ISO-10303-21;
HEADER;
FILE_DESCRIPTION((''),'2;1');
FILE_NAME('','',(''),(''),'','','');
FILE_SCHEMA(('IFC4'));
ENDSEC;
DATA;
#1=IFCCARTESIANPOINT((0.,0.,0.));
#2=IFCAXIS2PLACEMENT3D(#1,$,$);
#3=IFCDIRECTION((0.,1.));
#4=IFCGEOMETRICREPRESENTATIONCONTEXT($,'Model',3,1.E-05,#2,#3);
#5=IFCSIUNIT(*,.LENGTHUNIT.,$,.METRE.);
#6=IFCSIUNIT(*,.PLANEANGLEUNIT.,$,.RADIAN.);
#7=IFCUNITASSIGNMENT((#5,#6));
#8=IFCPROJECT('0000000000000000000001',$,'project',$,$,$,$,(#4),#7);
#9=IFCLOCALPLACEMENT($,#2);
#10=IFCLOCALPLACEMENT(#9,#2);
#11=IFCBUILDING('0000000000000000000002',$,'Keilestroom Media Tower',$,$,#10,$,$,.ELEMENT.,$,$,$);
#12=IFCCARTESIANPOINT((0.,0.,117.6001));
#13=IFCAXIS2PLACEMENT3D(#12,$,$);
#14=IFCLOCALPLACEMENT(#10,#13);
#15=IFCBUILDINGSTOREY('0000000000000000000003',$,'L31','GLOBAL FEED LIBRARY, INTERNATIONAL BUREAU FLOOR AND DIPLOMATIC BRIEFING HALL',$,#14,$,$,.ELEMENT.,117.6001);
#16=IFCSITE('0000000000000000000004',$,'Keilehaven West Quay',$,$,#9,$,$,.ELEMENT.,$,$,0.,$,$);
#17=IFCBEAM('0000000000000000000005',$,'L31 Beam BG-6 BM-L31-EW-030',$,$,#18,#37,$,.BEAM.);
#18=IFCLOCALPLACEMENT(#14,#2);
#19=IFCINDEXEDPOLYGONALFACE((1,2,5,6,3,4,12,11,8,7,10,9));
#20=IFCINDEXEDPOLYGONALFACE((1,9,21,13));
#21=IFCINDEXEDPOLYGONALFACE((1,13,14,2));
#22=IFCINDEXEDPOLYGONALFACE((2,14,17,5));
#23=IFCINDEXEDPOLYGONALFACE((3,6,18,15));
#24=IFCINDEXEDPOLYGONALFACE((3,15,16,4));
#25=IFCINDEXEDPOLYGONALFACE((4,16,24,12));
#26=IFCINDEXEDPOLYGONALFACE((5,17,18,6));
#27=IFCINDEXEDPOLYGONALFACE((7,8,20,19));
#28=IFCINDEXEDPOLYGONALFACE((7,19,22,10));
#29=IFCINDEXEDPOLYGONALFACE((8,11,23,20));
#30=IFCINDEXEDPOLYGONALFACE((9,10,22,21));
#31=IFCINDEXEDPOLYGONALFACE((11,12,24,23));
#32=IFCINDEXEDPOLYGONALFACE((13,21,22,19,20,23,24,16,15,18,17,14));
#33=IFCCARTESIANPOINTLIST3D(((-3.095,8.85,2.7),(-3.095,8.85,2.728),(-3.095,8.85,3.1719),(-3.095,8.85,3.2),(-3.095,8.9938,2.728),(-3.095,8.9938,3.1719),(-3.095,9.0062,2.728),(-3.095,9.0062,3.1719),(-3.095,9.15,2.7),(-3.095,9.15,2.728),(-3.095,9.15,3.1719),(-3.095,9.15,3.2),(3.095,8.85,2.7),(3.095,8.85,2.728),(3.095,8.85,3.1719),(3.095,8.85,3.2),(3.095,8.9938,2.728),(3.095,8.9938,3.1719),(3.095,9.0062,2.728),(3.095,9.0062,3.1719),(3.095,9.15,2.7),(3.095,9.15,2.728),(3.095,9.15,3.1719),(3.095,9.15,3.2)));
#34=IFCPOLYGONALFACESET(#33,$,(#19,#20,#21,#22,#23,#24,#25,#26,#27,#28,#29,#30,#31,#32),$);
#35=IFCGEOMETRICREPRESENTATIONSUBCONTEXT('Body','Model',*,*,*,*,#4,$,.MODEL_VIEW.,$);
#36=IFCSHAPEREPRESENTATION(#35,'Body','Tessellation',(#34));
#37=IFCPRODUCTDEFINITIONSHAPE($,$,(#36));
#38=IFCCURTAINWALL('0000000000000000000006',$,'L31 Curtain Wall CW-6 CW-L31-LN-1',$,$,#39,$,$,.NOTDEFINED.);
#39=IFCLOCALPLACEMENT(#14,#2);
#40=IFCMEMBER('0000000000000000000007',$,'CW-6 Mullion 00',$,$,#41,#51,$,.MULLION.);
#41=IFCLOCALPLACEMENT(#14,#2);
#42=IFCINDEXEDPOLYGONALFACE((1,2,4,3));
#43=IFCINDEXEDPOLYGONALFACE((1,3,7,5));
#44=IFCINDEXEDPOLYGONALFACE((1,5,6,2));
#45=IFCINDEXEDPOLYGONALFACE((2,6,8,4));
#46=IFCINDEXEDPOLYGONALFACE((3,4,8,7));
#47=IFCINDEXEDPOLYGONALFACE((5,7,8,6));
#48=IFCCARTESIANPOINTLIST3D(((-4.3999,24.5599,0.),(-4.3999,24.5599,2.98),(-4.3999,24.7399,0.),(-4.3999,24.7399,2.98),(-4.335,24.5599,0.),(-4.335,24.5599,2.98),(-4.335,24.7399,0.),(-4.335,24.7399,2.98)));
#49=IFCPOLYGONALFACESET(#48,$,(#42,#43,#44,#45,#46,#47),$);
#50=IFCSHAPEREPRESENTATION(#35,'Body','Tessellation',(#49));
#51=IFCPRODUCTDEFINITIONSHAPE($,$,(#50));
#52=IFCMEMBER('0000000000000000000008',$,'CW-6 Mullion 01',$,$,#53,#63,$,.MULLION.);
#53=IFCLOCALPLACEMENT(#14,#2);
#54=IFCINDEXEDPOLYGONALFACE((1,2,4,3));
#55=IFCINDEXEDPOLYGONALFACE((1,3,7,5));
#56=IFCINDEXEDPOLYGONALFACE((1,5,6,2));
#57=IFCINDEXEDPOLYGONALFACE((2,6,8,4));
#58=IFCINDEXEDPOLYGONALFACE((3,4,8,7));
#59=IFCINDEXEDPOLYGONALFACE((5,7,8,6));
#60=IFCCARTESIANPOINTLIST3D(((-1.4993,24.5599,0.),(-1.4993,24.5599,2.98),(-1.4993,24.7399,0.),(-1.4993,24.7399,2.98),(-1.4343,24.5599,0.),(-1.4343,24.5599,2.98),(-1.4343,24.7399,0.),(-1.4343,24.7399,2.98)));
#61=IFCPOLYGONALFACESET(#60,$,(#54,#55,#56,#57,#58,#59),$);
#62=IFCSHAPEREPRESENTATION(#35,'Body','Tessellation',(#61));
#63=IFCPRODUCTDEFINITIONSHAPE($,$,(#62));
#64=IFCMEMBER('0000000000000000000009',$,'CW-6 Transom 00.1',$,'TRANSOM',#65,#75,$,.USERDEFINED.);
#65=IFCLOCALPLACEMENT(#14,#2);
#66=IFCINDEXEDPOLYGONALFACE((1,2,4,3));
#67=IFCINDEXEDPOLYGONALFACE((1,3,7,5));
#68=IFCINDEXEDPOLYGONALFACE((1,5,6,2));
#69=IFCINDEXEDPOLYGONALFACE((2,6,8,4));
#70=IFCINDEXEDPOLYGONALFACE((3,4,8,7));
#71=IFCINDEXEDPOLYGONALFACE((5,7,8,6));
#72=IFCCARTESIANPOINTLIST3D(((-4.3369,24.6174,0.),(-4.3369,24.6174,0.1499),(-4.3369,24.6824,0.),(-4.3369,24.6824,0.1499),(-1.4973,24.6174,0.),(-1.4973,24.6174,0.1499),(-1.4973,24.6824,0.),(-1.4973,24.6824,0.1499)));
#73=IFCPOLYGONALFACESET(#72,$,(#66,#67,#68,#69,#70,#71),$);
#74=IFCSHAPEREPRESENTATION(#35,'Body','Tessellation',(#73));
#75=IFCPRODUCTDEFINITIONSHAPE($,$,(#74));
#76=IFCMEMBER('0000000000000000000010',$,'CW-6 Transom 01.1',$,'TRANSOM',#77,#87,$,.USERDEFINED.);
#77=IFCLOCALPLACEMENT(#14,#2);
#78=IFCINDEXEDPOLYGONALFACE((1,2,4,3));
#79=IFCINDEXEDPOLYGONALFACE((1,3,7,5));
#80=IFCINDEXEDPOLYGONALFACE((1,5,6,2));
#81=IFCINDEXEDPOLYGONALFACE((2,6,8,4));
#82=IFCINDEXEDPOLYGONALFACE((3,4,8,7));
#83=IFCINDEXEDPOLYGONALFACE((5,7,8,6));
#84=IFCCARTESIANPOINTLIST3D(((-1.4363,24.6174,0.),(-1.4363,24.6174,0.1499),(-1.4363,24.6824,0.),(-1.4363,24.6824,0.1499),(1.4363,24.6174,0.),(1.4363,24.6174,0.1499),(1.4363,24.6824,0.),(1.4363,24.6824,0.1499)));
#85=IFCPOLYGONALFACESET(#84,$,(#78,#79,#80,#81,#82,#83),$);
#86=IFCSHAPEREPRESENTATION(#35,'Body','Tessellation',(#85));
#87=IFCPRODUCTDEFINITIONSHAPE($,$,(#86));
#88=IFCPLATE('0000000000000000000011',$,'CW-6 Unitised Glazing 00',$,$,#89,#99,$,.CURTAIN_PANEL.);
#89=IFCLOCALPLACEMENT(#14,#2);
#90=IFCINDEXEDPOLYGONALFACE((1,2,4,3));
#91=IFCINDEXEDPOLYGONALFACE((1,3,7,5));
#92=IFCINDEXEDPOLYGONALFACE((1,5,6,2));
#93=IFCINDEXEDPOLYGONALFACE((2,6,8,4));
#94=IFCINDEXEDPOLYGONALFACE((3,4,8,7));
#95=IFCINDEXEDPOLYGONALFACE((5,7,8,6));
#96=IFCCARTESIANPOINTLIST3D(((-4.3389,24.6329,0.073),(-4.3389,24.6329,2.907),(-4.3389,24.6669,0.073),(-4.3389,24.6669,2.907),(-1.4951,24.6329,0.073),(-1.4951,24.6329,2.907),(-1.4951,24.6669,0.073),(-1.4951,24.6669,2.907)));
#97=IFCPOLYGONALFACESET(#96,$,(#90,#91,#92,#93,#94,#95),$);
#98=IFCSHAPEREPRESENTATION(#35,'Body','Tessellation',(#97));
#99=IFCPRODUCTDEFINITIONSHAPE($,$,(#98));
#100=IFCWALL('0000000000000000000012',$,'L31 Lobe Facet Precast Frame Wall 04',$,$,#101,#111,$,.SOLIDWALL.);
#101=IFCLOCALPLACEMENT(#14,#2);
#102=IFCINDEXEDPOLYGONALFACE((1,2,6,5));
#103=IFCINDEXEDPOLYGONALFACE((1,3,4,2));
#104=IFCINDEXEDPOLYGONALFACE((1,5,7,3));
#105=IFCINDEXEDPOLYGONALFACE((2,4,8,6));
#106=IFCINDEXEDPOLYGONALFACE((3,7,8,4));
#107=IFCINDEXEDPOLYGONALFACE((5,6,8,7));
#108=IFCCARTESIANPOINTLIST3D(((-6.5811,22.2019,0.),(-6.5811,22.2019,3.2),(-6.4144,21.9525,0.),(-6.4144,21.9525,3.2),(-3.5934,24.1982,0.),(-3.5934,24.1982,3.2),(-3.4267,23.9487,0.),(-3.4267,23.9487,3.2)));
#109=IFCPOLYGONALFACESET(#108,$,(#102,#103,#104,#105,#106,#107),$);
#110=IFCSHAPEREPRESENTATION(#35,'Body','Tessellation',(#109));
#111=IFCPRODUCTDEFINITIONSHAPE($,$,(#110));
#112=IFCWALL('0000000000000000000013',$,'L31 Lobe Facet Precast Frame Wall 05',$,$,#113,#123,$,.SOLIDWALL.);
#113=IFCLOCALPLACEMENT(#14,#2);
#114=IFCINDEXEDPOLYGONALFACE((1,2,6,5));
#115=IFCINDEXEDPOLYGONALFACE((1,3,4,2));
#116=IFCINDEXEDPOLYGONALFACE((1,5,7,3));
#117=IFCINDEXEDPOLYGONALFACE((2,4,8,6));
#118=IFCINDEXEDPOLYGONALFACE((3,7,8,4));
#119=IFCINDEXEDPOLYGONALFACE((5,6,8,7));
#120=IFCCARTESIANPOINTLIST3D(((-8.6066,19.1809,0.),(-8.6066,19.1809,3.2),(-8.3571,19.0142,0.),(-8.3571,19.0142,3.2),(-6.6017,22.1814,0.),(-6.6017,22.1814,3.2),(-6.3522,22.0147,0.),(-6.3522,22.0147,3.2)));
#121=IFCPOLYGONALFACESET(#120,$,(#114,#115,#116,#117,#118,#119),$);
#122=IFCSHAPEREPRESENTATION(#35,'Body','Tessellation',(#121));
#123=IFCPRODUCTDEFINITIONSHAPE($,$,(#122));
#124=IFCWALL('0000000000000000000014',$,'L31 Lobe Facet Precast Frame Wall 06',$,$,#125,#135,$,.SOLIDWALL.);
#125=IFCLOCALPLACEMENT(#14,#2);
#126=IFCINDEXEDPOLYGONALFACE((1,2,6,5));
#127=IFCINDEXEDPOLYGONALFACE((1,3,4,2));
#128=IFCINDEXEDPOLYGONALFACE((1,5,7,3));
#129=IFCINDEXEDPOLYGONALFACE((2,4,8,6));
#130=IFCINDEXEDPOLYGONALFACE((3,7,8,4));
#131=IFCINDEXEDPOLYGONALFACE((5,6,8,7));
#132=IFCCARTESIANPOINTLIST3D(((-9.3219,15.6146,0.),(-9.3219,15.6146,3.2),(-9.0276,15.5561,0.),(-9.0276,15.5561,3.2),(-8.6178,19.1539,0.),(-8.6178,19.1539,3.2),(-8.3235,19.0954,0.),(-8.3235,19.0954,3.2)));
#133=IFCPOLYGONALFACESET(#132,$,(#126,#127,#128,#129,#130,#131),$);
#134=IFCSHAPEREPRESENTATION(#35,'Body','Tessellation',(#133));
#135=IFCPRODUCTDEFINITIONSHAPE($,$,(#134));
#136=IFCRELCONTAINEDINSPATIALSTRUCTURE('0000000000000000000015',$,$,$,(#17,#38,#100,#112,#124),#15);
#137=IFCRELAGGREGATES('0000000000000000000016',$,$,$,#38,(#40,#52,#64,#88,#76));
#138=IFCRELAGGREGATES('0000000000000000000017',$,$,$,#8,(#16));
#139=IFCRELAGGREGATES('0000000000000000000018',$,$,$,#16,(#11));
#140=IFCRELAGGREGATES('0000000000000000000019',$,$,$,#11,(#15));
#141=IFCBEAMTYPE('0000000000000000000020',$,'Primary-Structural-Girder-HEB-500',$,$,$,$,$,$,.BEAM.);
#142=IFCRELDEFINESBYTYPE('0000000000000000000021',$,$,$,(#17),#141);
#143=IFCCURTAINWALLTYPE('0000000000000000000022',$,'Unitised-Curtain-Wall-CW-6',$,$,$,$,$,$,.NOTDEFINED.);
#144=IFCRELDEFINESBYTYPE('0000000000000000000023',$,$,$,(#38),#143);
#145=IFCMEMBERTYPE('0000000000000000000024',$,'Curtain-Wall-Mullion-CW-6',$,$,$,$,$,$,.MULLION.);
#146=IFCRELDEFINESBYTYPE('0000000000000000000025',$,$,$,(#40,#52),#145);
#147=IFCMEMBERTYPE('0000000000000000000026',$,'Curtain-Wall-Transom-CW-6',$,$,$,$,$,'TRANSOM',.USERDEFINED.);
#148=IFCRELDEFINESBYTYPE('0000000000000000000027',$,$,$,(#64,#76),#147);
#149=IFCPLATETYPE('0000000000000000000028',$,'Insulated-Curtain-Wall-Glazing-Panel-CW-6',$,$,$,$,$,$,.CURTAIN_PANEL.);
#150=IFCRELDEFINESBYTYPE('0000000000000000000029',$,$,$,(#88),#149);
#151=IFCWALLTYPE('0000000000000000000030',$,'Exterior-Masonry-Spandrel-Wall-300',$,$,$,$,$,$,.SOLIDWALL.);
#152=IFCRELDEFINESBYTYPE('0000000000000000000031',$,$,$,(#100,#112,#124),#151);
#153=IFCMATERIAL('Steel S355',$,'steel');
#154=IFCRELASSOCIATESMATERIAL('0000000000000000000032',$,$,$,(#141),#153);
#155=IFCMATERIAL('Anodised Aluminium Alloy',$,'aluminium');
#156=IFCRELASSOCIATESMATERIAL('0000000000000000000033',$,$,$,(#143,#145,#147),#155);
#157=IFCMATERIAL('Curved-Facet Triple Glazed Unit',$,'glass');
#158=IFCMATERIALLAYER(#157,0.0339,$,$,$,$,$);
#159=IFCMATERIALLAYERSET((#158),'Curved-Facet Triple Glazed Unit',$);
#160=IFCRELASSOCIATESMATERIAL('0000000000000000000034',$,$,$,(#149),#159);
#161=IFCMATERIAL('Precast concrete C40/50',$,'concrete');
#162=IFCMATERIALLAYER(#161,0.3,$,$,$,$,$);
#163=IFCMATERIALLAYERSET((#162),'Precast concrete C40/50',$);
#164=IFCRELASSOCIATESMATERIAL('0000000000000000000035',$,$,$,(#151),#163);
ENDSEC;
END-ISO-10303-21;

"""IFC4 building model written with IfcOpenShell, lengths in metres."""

from ifc_helpers import new_model, si_unit, direction, frame, frame_2d, origin, origin_2d, place, context, subcontext, project, spatial, rectangle, i_section, extrude, source, transform, mapped, material, layer, layer_set, material_profile, profile_set, type_object, element, aggregate, save


model = new_model("IFC4")

# Units and contexts
model_context = context("Model", 3, precision=1e-05, world=origin(), true_north=direction((0.0, 1.0)))
body_context = subcontext(model_context, "Body", "Model", "MODEL_VIEW")
ifc_project = project(units=[si_unit("LENGTHUNIT", "METRE"), si_unit("PLANEANGLEUNIT", "RADIAN")], contexts=[model_context])

# Site, building, storey
site_placement = place(None, origin())
site = spatial("IfcSite", under=ifc_project, at=site_placement, Name="Keilehaven West Quay", CompositionType="ELEMENT", RefElevation=0.0)
building_placement = place(site_placement, origin())
building = spatial("IfcBuilding", under=site, at=building_placement, Name="Keilestroom Media Tower", CompositionType="ELEMENT")
storey_placement = place(building_placement, frame((0.0, 0.0, 117.6001)))
storey = spatial("IfcBuildingStorey", under=building, at=storey_placement, Name="L31", Description="GLOBAL FEED LIBRARY, INTERNATIONAL BUREAU FLOOR AND DIPLOMATIC BRIEFING HALL", CompositionType="ELEMENT", Elevation=117.6001)

# Shared definitions
ifc_material_1 = material(Name="Steel S355", Category="steel")

# Beam
ifc_material_profile_1 = material_profile(ifc_material_1, i_section(OverallWidth=0.3, OverallDepth=0.5, WebThickness=0.0125, FlangeThickness=0.0281, at=origin_2d()), Name="HEB 500")
ifc_profile_set_1 = profile_set([ifc_material_profile_1], Name="Steel S355")
beam_type = type_object("IfcBeamType", Name="Primary-Structural-Girder-HEB-500", PredefinedType="BEAM", material=ifc_profile_set_1)
shared_shape_1 = source(origin(), body_context, "Body", "SweptSolid", [
    extrude(i_section(OverallWidth=0.3, OverallDepth=0.5, WebThickness=0.0125, FlangeThickness=0.0281, at=origin_2d()), origin(), (0.0, 0.0, 1.0), 6.1899),
])
beam_1_placement = place(storey_placement, frame((-3.095, 9.0, 2.95), z_axis=(1.0, 0.0, 0.0), x_axis=(0.0, 1.0, 0.0)))
element("IfcBeam", 1, at=beam_1_placement, inside=storey, type_object=beam_type, Name="L31 Beam BG-6 BM-L31-EW-030", PredefinedType="BEAM", context=body_context, shape_type="MappedRepresentation", body=[
    mapped(shared_shape_1, transform((0.0, 0.0, 0.0), x_axis=(1.0, 0.0, 0.0), y_axis=(0.0, 1.0, 0.0), z_axis=(0.0, 0.0, 1.0), scale=1.0)),
])

# Curtain wall, members, plate
ifc_material_2 = material(Name="Anodised Aluminium Alloy", Category="aluminium")
curtain_wall_type = type_object("IfcCurtainWallType", Name="Unitised-Curtain-Wall-CW-6", PredefinedType="NOTDEFINED", material=ifc_material_2)
curtain_wall_placement = place(storey_placement, origin())
curtain_wall = element("IfcCurtainWall", 2, at=curtain_wall_placement, inside=storey, type_object=curtain_wall_type, Name="L31 Curtain Wall CW-6 CW-L31-LN-1", PredefinedType="NOTDEFINED")
ifc_material_profile_2 = material_profile(ifc_material_2, rectangle(XDim=0.0649, YDim=0.1799, at=origin_2d()), Name="ALU MULLION 65x180")
ifc_profile_set_2 = profile_set([ifc_material_profile_2], Name="Anodised Aluminium Alloy")
member_type_1 = type_object("IfcMemberType", Name="Curtain-Wall-Mullion-CW-6", PredefinedType="MULLION", material=ifc_profile_set_2)
shared_shape_2 = source(origin(), body_context, "Body", "SweptSolid", [
    extrude(rectangle(XDim=0.0649, YDim=0.1799, at=origin_2d()), origin(), (0.0, 0.0, 1.0), 2.98),
])
member_1_placement = place(storey_placement, frame((-4.3674, 24.6499, 0.0), z_axis=(0.0, 0.0, 1.0), x_axis=(1.0, 0.0, 0.0)))
member_1 = element("IfcMember", 3, at=member_1_placement, type_object=member_type_1, Name="CW-6 Mullion 00", PredefinedType="MULLION", context=body_context, shape_type="MappedRepresentation", body=[
    mapped(shared_shape_2, transform((0.0, 0.0, 0.0), x_axis=(1.0, 0.0, 0.0), y_axis=(0.0, 1.0, 0.0), z_axis=(0.0, 0.0, 1.0), scale=1.0)),
])
member_2_placement = place(storey_placement, frame((-1.4668, 24.6499, 0.0), z_axis=(0.0, 0.0, 1.0), x_axis=(1.0, 0.0, 0.0)))
member_2 = element("IfcMember", 4, at=member_2_placement, type_object=member_type_1, Name="CW-6 Mullion 01", PredefinedType="MULLION", context=body_context, shape_type="MappedRepresentation", body=[
    mapped(shared_shape_2, transform((0.0, 0.0, 0.0), x_axis=(1.0, 0.0, 0.0), y_axis=(0.0, 1.0, 0.0), z_axis=(0.0, 0.0, 1.0), scale=1.0)),
])
ifc_material_profile_3 = material_profile(ifc_material_2, rectangle(XDim=0.0649, YDim=0.1499, at=origin_2d()), Name="ALU TRANSOM 65x150")
ifc_profile_set_3 = profile_set([ifc_material_profile_3], Name="Anodised Aluminium Alloy")
member_type_2 = type_object("IfcMemberType", Name="Curtain-Wall-Transom-CW-6", ElementType="TRANSOM", PredefinedType="USERDEFINED", material=ifc_profile_set_3)
shared_shape_3 = source(origin(), body_context, "Body", "SweptSolid", [
    extrude(rectangle(XDim=0.0649, YDim=0.1499, at=origin_2d()), origin(), (0.0, 0.0, 1.0), 2.8396),
])
member_3_placement = place(storey_placement, frame((-4.3369, 24.6499, 0.075), z_axis=(1.0, 0.0, 0.0), x_axis=(0.0, 1.0, 0.0)))
member_3 = element("IfcMember", 5, at=member_3_placement, type_object=member_type_2, Name="CW-6 Transom 00.1", ObjectType="TRANSOM", PredefinedType="USERDEFINED", context=body_context, shape_type="MappedRepresentation", body=[
    mapped(shared_shape_3, transform((0.0, 0.0, 0.0), x_axis=(1.0, 0.0, 0.0), y_axis=(0.0, 1.0, 0.0), z_axis=(0.0, 0.0, 1.0), scale=1.0)),
])
shared_shape_4 = source(origin(), body_context, "Body", "SweptSolid", [
    extrude(rectangle(XDim=0.0649, YDim=0.1499, at=origin_2d()), origin(), (0.0, 0.0, 1.0), 2.8726),
])
member_4_placement = place(storey_placement, frame((-1.4363, 24.6499, 0.075), z_axis=(1.0, 0.0, 0.0), x_axis=(0.0, 1.0, 0.0)))
member_4 = element("IfcMember", 6, at=member_4_placement, type_object=member_type_2, Name="CW-6 Transom 01.1", ObjectType="TRANSOM", PredefinedType="USERDEFINED", context=body_context, shape_type="MappedRepresentation", body=[
    mapped(shared_shape_4, transform((0.0, 0.0, 0.0), x_axis=(1.0, 0.0, 0.0), y_axis=(0.0, 1.0, 0.0), z_axis=(0.0, 0.0, 1.0), scale=1.0)),
])
ifc_material_3 = material(Name="Curved-Facet Triple Glazed Unit", Category="glass")
ifc_layer_1 = layer(ifc_material_3, 0.0339)
ifc_layer_set_1 = layer_set([ifc_layer_1], Name="Curved-Facet Triple Glazed Unit")
plate_type = type_object("IfcPlateType", Name="Insulated-Curtain-Wall-Glazing-Panel-CW-6", PredefinedType="CURTAIN_PANEL", material=ifc_layer_set_1)
shared_shape_5 = source(origin(), body_context, "Body", "SweptSolid", [
    extrude(rectangle(XDim=2.8438, YDim=0.0339, at=origin_2d()), origin(), (0.0, 0.0, 1.0), 2.834),
])
plate_placement = place(storey_placement, frame((-2.917, 24.6499, 0.073), z_axis=(0.0, 0.0, 1.0), x_axis=(1.0, 0.0, 0.0)))
plate = element("IfcPlate", 7, at=plate_placement, type_object=plate_type, Name="CW-6 Unitised Glazing 00", PredefinedType="CURTAIN_PANEL", context=body_context, shape_type="MappedRepresentation", body=[
    mapped(shared_shape_5, transform((0.0, 0.0, 0.0), x_axis=(1.0, 0.0, 0.0), y_axis=(0.0, 1.0, 0.0), z_axis=(0.0, 0.0, 1.0), scale=1.0)),
])
aggregate(curtain_wall, [member_1, member_2, member_3, plate, member_4])

# Walls
ifc_material_4 = material(Name="Precast concrete C40/50", Category="concrete")
ifc_layer_2 = layer(ifc_material_4, 0.3)
ifc_layer_set_2 = layer_set([ifc_layer_2], Name="Precast concrete C40/50")
wall_type_1 = type_object("IfcWallType", Name="Exterior-Masonry-Spandrel-Wall-300", PredefinedType="SOLIDWALL", material=ifc_layer_set_2)
wall_1_placement = place(storey_placement, frame((-3.51, 24.0735, 0.0), z_axis=(0.0, 0.0, 1.0), x_axis=(-0.831475, -0.555562, 0.0)))
element("IfcWall", 8, at=wall_1_placement, inside=storey, type_object=wall_type_1, Name="L31 Lobe Facet Precast Frame Wall 04", PredefinedType="SOLIDWALL", context=body_context, shape_type="SweptSolid", body=[
    extrude(rectangle(XDim=3.5933, YDim=0.3, at=frame_2d((1.7966, 0.0))), origin(), (0.0, 0.0, 1.0), 3.2),
])
for number, where, z_axis, x_axis, name in (
    (9, (-6.4771, 22.0979, 0.0), (0.0, 0.0, 1.0), (-0.555574, -0.831467, 0.0), "L31 Lobe Facet Precast Frame Wall 05"),
    (10, (-8.4707, 19.1245, 0.0), (0.0, 0.0, 1.0), (-0.195114, -0.980781, 0.0), "L31 Lobe Facet Precast Frame Wall 06"),
):
    element("IfcWall", number, at=place(storey_placement, frame(where, z_axis=z_axis, x_axis=x_axis)), inside=storey, type_object=wall_type_1, Name=name, PredefinedType="SOLIDWALL", context=body_context, shape_type="SweptSolid", body=[
        extrude(rectangle(XDim=3.6086, YDim=0.3, at=frame_2d((1.8042, 0.0))), origin(), (0.0, 0.0, 1.0), 3.2),
    ])

save(model, "model.ifc")
